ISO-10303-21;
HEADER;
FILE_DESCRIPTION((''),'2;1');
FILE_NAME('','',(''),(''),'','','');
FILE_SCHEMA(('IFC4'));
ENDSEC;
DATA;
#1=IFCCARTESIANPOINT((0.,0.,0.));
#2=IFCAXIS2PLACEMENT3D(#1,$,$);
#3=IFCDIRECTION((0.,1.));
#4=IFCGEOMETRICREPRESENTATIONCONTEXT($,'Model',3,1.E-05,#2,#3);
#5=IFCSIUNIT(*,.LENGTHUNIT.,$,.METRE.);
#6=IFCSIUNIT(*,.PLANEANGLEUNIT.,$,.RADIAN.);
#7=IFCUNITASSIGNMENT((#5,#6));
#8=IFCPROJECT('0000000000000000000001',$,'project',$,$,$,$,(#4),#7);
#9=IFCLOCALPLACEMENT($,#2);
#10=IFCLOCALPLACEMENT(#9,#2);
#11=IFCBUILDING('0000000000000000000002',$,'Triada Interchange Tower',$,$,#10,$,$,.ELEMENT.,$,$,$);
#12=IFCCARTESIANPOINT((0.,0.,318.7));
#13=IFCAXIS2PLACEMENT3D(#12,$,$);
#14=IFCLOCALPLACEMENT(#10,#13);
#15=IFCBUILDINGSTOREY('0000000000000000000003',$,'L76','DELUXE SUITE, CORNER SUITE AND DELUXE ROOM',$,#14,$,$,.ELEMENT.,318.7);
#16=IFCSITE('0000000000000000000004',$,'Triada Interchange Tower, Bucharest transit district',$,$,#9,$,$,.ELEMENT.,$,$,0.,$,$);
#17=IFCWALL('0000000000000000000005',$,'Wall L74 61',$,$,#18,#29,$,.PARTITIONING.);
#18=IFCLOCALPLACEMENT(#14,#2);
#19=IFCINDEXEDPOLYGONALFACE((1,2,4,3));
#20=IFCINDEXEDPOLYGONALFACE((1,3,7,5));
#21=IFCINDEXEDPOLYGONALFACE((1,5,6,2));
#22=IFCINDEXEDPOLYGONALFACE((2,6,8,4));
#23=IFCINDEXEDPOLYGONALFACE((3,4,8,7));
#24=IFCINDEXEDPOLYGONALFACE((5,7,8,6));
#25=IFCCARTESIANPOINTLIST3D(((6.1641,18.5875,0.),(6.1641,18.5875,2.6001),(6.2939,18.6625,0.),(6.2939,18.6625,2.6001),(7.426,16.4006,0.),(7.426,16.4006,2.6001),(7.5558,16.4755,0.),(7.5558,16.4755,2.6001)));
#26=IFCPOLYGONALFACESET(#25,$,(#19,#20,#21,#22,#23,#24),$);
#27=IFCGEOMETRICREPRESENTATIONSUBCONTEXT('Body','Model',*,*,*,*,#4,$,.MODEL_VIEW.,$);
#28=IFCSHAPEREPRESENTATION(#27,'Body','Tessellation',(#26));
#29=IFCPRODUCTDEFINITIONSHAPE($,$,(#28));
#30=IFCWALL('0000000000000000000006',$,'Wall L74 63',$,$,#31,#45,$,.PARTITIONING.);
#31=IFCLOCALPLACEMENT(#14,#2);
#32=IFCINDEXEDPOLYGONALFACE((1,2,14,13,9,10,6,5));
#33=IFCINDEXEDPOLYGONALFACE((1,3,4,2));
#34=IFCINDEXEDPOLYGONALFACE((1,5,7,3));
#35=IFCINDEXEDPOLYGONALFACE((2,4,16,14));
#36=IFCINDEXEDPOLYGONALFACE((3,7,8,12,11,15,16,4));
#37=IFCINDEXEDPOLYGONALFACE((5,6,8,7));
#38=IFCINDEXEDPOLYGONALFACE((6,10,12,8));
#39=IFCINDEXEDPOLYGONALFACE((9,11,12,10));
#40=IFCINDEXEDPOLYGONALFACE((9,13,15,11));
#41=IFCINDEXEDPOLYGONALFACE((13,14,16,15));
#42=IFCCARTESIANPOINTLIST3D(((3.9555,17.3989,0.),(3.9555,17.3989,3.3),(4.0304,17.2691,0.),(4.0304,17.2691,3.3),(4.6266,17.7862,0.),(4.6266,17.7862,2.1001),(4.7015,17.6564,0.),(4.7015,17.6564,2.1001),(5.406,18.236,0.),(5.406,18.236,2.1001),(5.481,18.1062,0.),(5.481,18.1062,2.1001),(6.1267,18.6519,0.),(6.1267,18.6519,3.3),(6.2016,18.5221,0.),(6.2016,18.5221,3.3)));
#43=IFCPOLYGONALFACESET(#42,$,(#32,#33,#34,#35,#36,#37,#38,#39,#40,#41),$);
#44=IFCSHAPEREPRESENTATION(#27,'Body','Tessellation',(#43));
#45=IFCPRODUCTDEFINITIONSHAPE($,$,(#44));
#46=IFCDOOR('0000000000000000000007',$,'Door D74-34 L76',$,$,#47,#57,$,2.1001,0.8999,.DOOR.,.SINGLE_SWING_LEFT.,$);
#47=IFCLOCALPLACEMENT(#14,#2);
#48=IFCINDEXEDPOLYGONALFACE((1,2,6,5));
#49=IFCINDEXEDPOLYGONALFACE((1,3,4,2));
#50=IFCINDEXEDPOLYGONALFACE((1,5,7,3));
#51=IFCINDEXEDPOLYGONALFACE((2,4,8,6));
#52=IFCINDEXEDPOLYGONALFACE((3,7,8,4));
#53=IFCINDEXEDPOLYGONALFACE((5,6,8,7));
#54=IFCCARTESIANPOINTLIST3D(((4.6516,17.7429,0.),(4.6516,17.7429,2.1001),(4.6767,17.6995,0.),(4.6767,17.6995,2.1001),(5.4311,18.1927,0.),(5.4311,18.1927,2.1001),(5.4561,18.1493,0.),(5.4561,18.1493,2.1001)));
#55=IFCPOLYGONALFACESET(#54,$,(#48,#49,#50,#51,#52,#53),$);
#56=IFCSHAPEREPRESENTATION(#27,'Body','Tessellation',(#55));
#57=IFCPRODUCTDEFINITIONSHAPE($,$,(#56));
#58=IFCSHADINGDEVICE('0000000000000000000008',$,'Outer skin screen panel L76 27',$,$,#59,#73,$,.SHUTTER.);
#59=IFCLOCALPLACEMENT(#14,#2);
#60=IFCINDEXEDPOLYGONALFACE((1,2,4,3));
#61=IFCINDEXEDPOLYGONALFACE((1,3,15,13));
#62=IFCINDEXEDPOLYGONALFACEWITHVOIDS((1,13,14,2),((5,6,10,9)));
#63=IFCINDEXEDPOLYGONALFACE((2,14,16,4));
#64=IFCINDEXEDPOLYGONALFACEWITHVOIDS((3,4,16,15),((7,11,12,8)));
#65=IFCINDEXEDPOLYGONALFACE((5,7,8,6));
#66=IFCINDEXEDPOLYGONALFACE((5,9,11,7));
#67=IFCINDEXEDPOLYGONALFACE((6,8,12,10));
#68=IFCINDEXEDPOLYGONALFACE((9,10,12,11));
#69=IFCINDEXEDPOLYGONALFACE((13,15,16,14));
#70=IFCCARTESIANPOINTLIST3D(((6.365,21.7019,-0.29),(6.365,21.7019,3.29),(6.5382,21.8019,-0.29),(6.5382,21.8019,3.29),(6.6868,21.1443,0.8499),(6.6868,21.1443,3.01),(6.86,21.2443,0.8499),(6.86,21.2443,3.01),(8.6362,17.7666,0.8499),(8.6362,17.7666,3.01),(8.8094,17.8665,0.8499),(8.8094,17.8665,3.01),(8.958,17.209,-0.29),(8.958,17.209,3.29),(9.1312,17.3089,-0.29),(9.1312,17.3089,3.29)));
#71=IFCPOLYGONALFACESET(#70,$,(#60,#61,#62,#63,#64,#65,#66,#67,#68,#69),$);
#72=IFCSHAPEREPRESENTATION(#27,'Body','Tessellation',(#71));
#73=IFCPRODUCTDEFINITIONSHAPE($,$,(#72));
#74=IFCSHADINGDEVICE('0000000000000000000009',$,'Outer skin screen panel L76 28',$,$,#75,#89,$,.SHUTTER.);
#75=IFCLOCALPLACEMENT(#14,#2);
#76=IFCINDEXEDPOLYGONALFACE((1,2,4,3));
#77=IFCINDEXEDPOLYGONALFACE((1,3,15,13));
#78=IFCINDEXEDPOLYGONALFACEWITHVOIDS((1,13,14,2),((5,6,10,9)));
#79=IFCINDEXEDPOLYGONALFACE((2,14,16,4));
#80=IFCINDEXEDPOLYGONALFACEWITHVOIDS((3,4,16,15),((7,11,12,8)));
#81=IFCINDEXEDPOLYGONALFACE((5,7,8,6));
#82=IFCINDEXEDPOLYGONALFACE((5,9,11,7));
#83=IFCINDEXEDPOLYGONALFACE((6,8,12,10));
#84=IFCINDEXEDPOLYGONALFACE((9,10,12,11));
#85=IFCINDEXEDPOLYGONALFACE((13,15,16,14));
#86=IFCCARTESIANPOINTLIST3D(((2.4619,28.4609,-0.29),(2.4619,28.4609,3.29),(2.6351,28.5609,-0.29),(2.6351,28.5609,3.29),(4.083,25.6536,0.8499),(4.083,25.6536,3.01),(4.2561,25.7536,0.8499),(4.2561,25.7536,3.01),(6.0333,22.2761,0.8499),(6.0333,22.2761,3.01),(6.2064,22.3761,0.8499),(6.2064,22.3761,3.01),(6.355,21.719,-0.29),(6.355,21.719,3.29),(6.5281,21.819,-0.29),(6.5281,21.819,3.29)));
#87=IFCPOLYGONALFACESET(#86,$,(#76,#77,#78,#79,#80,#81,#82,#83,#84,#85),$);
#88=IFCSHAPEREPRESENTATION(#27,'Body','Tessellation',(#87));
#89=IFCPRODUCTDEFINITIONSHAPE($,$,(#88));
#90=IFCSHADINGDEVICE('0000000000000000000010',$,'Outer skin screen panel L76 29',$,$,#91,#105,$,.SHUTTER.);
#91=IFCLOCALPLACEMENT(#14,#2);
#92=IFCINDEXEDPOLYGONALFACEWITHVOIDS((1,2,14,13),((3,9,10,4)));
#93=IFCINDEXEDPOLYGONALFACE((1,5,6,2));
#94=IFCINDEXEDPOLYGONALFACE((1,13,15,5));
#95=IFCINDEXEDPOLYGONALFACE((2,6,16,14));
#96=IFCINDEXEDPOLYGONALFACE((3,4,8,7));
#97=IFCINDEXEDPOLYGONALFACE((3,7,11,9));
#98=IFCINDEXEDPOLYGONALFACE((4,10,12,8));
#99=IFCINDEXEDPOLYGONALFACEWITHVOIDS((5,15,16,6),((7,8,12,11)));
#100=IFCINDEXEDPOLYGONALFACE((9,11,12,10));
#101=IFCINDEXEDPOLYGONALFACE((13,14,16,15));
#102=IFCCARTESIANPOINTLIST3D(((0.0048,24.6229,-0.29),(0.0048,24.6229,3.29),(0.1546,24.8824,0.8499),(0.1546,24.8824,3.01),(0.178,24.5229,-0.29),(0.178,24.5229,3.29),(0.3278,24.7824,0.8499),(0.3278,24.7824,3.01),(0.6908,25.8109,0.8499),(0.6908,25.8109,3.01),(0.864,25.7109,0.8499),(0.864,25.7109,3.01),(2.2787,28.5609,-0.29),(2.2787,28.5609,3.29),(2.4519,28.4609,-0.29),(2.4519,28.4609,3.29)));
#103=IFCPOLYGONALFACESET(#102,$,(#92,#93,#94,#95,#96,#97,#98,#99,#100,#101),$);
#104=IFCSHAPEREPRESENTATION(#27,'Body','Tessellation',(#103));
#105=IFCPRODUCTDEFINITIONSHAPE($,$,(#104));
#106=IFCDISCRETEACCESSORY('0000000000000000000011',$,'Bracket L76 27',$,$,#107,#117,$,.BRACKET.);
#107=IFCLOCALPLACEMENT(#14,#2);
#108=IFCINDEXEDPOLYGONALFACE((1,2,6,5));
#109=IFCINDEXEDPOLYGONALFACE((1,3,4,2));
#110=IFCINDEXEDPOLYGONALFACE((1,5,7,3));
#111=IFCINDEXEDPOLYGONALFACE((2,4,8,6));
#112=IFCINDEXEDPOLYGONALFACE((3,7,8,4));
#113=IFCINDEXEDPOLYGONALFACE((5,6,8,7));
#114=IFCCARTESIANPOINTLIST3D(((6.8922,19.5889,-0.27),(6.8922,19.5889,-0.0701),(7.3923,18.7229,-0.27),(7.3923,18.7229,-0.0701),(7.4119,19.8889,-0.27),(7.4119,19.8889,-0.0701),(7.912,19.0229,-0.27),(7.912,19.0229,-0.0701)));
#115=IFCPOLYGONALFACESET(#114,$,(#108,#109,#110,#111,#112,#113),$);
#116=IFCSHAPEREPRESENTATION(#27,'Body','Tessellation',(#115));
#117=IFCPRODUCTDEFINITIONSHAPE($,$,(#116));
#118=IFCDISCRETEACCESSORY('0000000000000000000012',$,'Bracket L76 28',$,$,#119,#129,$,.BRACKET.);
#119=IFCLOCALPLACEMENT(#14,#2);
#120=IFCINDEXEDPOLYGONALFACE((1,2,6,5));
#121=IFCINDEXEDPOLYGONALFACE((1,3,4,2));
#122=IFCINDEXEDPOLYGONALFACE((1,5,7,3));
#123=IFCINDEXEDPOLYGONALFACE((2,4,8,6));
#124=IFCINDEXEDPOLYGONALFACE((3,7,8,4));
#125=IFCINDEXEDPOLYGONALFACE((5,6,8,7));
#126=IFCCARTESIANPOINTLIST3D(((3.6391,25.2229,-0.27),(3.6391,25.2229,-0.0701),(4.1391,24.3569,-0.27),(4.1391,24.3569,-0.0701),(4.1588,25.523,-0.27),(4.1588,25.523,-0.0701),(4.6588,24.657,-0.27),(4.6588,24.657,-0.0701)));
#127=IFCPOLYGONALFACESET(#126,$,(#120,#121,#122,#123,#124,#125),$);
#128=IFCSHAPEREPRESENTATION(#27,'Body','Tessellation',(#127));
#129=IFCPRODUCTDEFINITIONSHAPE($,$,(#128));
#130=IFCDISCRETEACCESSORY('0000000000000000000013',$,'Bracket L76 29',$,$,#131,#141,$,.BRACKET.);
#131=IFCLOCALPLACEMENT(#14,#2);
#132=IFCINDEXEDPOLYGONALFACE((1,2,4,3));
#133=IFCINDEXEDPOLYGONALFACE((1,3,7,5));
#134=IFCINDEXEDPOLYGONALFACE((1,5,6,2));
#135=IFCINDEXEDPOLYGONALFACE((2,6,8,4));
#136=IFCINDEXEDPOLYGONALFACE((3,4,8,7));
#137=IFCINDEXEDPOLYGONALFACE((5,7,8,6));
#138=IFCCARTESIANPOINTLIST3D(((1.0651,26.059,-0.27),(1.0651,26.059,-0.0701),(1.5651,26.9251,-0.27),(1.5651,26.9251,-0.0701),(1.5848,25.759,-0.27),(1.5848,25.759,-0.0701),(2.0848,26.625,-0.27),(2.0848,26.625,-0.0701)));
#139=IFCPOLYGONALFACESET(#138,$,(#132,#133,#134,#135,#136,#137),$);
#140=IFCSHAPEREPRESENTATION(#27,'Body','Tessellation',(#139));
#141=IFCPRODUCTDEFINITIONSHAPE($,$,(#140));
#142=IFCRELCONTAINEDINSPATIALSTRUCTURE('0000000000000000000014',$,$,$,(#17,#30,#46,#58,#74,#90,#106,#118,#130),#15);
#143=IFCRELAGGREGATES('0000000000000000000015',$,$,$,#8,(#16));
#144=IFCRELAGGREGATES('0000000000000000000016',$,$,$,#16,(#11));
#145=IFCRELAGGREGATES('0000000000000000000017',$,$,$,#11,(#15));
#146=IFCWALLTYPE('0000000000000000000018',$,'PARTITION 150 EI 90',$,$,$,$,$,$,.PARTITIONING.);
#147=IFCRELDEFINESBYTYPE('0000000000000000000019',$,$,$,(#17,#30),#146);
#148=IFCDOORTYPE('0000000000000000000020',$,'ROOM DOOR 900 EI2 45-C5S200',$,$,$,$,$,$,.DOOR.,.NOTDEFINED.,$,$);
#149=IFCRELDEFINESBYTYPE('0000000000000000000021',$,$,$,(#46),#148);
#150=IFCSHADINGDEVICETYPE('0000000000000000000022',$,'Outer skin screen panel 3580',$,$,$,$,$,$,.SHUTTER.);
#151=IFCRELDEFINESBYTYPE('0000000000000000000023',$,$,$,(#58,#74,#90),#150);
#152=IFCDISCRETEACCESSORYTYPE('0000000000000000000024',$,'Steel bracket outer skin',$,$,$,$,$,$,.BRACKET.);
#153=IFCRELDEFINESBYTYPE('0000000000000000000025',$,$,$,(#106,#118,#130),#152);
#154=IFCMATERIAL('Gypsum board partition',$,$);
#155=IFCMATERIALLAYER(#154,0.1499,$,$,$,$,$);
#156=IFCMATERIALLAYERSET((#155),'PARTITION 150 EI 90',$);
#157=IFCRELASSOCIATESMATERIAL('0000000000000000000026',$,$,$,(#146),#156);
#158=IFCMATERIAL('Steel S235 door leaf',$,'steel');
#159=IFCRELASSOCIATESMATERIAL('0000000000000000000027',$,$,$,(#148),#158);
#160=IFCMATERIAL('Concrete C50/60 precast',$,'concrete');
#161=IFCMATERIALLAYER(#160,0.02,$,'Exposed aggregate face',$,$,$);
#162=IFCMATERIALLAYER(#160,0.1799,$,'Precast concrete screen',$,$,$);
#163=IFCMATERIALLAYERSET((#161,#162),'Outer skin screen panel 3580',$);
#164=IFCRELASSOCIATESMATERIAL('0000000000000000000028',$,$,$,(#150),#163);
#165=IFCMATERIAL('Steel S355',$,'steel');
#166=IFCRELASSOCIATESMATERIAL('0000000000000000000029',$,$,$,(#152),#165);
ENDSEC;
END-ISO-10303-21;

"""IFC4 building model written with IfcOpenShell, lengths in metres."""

from ifc_helpers import new_model, si_unit, direction, frame, frame_2d, origin, origin_2d, place, context, subcontext, project, spatial, polyline, rectangle, outline, extrude, material, layer, layer_set, type_object, element, fill, save


model = new_model("IFC4")

# Units and contexts
model_context = context("Model", 3, precision=1e-05, world=origin(), true_north=direction((0.0, 1.0)))
body_context = subcontext(model_context, "Body", "Model", "MODEL_VIEW")
ifc_project = project(units=[si_unit("LENGTHUNIT", "METRE"), si_unit("PLANEANGLEUNIT", "RADIAN")], contexts=[model_context])

# Site, building, storey
site_placement = place(None, origin())
site = spatial("IfcSite", under=ifc_project, at=site_placement, Name="Triada Interchange Tower, Bucharest transit district", CompositionType="ELEMENT", RefElevation=0.0)
building_placement = place(site_placement, origin())
building = spatial("IfcBuilding", under=site, at=building_placement, Name="Triada Interchange Tower", CompositionType="ELEMENT")
storey_placement = place(building_placement, frame((0.0, 0.0, 318.7)))
storey = spatial("IfcBuildingStorey", under=building, at=storey_placement, Name="L76", Description="DELUXE SUITE, CORNER SUITE AND DELUXE ROOM", CompositionType="ELEMENT", Elevation=318.7)

# Shared definitions
ifc_material_1 = material(Name="Gypsum board partition")

# Shared definitions
ifc_material_2 = material(Name="Steel S235 door leaf", Category="steel")

# Wall
ifc_layer_1 = layer(ifc_material_1, 0.1499)
ifc_layer_set_1 = layer_set([ifc_layer_1], Name="PARTITION 150 EI 90")
wall_type_1 = type_object("IfcWallType", Name="PARTITION 150 EI 90", PredefinedType="PARTITIONING", material=ifc_layer_set_1)
wall_1_placement = place(storey_placement, frame((6.229, 18.625, 0.0), z_axis=(0.0, 0.0, 1.0), x_axis=(0.499789, -0.866147, 0.0)))
element("IfcWall", 1, at=wall_1_placement, inside=storey, type_object=wall_type_1, Name="Wall L74 61", PredefinedType="PARTITIONING", context=body_context, shape_type="SweptSolid", body=[
    extrude(rectangle(XDim=2.5249, YDim=0.1499, at=frame_2d((1.2625, 0.0))), origin(), (0.0, 0.0, 1.0), 2.6001),
])

# Wall, opening, door
wall_2_placement = place(storey_placement, frame((3.9929, 17.334, 0.0), z_axis=(0.0, 0.0, 1.0), x_axis=(0.866126, 0.499826, 0.0)))
wall_2 = element("IfcWall", 2, at=wall_2_placement, inside=storey, type_object=wall_type_1, Name="Wall L74 63", PredefinedType="PARTITIONING", context=body_context, shape_type="SweptSolid", body=[
    extrude(rectangle(XDim=2.5068, YDim=0.1499, at=frame_2d((1.2534, 0.0))), origin(), (0.0, 0.0, 1.0), 3.3),
])
opening_1_placement = place(wall_2_placement, frame((0.7749, 0.0, 0.0)))
opening_1 = element("IfcOpeningElement", 3, at=opening_1_placement, cuts=wall_2, PredefinedType="OPENING", context=body_context, shape_type="SweptSolid", body=[
    extrude(rectangle(XDim=0.8999, YDim=2.1001, at=frame_2d((0.45, 1.05))), frame((0.0, 0.085, 0.0), z_axis=(0.0, -1.0, 0.0), x_axis=(1.0, 0.0, 0.0)), (0.0, 0.0, 1.0), 0.1699),
])
door_type_1 = type_object("IfcDoorType", Name="ROOM DOOR 900 EI2 45-C5S200", OperationType="NOTDEFINED", PredefinedType="DOOR", material=ifc_material_2)
door_1_placement = place(opening_1_placement, origin())
door_1 = element("IfcDoor", 4, at=door_1_placement, inside=storey, type_object=door_type_1, Name="Door D74-34 L76", OperationType="SINGLE_SWING_LEFT", OverallHeight=2.1001, OverallWidth=0.8999, PredefinedType="DOOR", context=body_context, shape_type="SweptSolid", body=[
    extrude(rectangle(XDim=0.8999, YDim=2.1001, at=frame_2d((0.45, 1.05))), frame((0.0, 0.0249, 0.0), z_axis=(0.0, -1.0, 0.0), x_axis=(1.0, 0.0, 0.0)), (0.0, 0.0, 1.0), 0.05),
])
fill(opening_1, door_1)

# Shading devices
ifc_material_3 = material(Name="Concrete C50/60 precast", Category="concrete")
ifc_layer_2 = layer(ifc_material_3, 0.02, Name="Exposed aggregate face")
ifc_layer_3 = layer(ifc_material_3, 0.1799, Name="Precast concrete screen")
ifc_layer_set_2 = layer_set([ifc_layer_2, ifc_layer_3], Name="Outer skin screen panel 3580")
shading_device_type = type_object("IfcShadingDeviceType", Name="Outer skin screen panel 3580", PredefinedType="SHUTTER", material=ifc_layer_set_2)
shading_device_1_placement = place(storey_placement, frame((8.958, 17.209, -0.29), z_axis=(0.0, 0.0, 1.0), x_axis=(-0.49986, 0.866106, 0.0)))
element("IfcShadingDevice", 5, at=shading_device_1_placement, inside=storey, type_object=shading_device_type, Name="Outer skin screen panel L76 27", PredefinedType="SHUTTER", context=body_context, shape_type="SweptSolid", body=[
    extrude(outline(polyline([(0.0, 0.0), (5.1875, 0.0), (5.1875, 3.5801), (0.0, 3.5801), (0.0, 0.0)]), holes=[polyline([(0.6438, 1.1399), (0.6438, 3.3), (4.5437, 3.3), (4.5437, 1.1399), (0.6438, 1.1399)])]), frame((0.0, 0.0, 0.0), z_axis=(0.0, -1.0, 0.0), x_axis=(1.0, 0.0, 0.0)), (0.0, 0.0, 1.0), 0.2),
])
shading_device_2_placement = place(storey_placement, frame((6.355, 21.719, -0.29), z_axis=(0.0, 0.0, 1.0), x_axis=(-0.500058, 0.865992, 0.0)))
element("IfcShadingDevice", 6, at=shading_device_2_placement, inside=storey, type_object=shading_device_type, Name="Outer skin screen panel L76 28", PredefinedType="SHUTTER", context=body_context, shape_type="SweptSolid", body=[
    extrude(outline(polyline([(0.0, 0.0), (7.7852, 0.0), (7.7852, 3.5801), (0.0, 3.5801), (0.0, 0.0)]), holes=[polyline([(0.6433, 1.1399), (0.6433, 3.3), (4.5435, 3.3), (4.5435, 1.1399), (0.6433, 1.1399)])]), frame((0.0, 0.0, 0.0), z_axis=(0.0, -1.0, 0.0), x_axis=(1.0, 0.0, 0.0)), (0.0, 0.0, 1.0), 0.2),
])
shading_device_3_placement = place(storey_placement, frame((2.4519, 28.4609, -0.29), z_axis=(0.0, 0.0, 1.0), x_axis=(-0.500054, -0.865994, 0.0)))
element("IfcShadingDevice", 7, at=shading_device_3_placement, inside=storey, type_object=shading_device_type, Name="Outer skin screen panel L76 29", PredefinedType="SHUTTER", context=body_context, shape_type="SweptSolid", body=[
    extrude(outline(polyline([(0.0, 0.0), (4.5474, 0.0), (4.5474, 3.5801), (0.0, 3.5801), (0.0, 0.0)]), holes=[polyline([(3.1755, 1.1399), (3.1755, 3.3), (4.2478, 3.3), (4.2478, 1.1399), (3.1755, 1.1399)])]), frame((0.0, 0.0, 0.0), z_axis=(0.0, -1.0, 0.0), x_axis=(1.0, 0.0, 0.0)), (0.0, 0.0, 1.0), 0.2),
])

# Discrete accessories
ifc_material_4 = material(Name="Steel S355", Category="steel")
discrete_accessory_type = type_object("IfcDiscreteAccessoryType", Name="Steel bracket outer skin", PredefinedType="BRACKET", material=ifc_material_4)
for number, where, z_axis, x_axis, name in (
    (8, (7.4021, 19.3059, -0.27), (0.0, 0.0, 1.0), (0.866025, 0.500001, 0.0), "Bracket L76 27"),
    (9, (4.1489, 24.9399, -0.27), (0.0, 0.0, 1.0), (0.866025, 0.500001, 0.0), "Bracket L76 28"),
    (10, (1.575, 26.342, -0.27), (0.0, 0.0, 1.0), (-0.866043, 0.499969, 0.0), "Bracket L76 29"),
):
    element("IfcDiscreteAccessory", number, at=place(storey_placement, frame(where, z_axis=z_axis, x_axis=x_axis)), inside=storey, type_object=discrete_accessory_type, Name=name, PredefinedType="BRACKET", context=body_context, shape_type="SweptSolid", body=[
        extrude(rectangle(XDim=0.6001, YDim=1.0, at=origin_2d()), origin(), (0.0, 0.0, 1.0), 0.2),
    ])

save(model, "model.ifc")
